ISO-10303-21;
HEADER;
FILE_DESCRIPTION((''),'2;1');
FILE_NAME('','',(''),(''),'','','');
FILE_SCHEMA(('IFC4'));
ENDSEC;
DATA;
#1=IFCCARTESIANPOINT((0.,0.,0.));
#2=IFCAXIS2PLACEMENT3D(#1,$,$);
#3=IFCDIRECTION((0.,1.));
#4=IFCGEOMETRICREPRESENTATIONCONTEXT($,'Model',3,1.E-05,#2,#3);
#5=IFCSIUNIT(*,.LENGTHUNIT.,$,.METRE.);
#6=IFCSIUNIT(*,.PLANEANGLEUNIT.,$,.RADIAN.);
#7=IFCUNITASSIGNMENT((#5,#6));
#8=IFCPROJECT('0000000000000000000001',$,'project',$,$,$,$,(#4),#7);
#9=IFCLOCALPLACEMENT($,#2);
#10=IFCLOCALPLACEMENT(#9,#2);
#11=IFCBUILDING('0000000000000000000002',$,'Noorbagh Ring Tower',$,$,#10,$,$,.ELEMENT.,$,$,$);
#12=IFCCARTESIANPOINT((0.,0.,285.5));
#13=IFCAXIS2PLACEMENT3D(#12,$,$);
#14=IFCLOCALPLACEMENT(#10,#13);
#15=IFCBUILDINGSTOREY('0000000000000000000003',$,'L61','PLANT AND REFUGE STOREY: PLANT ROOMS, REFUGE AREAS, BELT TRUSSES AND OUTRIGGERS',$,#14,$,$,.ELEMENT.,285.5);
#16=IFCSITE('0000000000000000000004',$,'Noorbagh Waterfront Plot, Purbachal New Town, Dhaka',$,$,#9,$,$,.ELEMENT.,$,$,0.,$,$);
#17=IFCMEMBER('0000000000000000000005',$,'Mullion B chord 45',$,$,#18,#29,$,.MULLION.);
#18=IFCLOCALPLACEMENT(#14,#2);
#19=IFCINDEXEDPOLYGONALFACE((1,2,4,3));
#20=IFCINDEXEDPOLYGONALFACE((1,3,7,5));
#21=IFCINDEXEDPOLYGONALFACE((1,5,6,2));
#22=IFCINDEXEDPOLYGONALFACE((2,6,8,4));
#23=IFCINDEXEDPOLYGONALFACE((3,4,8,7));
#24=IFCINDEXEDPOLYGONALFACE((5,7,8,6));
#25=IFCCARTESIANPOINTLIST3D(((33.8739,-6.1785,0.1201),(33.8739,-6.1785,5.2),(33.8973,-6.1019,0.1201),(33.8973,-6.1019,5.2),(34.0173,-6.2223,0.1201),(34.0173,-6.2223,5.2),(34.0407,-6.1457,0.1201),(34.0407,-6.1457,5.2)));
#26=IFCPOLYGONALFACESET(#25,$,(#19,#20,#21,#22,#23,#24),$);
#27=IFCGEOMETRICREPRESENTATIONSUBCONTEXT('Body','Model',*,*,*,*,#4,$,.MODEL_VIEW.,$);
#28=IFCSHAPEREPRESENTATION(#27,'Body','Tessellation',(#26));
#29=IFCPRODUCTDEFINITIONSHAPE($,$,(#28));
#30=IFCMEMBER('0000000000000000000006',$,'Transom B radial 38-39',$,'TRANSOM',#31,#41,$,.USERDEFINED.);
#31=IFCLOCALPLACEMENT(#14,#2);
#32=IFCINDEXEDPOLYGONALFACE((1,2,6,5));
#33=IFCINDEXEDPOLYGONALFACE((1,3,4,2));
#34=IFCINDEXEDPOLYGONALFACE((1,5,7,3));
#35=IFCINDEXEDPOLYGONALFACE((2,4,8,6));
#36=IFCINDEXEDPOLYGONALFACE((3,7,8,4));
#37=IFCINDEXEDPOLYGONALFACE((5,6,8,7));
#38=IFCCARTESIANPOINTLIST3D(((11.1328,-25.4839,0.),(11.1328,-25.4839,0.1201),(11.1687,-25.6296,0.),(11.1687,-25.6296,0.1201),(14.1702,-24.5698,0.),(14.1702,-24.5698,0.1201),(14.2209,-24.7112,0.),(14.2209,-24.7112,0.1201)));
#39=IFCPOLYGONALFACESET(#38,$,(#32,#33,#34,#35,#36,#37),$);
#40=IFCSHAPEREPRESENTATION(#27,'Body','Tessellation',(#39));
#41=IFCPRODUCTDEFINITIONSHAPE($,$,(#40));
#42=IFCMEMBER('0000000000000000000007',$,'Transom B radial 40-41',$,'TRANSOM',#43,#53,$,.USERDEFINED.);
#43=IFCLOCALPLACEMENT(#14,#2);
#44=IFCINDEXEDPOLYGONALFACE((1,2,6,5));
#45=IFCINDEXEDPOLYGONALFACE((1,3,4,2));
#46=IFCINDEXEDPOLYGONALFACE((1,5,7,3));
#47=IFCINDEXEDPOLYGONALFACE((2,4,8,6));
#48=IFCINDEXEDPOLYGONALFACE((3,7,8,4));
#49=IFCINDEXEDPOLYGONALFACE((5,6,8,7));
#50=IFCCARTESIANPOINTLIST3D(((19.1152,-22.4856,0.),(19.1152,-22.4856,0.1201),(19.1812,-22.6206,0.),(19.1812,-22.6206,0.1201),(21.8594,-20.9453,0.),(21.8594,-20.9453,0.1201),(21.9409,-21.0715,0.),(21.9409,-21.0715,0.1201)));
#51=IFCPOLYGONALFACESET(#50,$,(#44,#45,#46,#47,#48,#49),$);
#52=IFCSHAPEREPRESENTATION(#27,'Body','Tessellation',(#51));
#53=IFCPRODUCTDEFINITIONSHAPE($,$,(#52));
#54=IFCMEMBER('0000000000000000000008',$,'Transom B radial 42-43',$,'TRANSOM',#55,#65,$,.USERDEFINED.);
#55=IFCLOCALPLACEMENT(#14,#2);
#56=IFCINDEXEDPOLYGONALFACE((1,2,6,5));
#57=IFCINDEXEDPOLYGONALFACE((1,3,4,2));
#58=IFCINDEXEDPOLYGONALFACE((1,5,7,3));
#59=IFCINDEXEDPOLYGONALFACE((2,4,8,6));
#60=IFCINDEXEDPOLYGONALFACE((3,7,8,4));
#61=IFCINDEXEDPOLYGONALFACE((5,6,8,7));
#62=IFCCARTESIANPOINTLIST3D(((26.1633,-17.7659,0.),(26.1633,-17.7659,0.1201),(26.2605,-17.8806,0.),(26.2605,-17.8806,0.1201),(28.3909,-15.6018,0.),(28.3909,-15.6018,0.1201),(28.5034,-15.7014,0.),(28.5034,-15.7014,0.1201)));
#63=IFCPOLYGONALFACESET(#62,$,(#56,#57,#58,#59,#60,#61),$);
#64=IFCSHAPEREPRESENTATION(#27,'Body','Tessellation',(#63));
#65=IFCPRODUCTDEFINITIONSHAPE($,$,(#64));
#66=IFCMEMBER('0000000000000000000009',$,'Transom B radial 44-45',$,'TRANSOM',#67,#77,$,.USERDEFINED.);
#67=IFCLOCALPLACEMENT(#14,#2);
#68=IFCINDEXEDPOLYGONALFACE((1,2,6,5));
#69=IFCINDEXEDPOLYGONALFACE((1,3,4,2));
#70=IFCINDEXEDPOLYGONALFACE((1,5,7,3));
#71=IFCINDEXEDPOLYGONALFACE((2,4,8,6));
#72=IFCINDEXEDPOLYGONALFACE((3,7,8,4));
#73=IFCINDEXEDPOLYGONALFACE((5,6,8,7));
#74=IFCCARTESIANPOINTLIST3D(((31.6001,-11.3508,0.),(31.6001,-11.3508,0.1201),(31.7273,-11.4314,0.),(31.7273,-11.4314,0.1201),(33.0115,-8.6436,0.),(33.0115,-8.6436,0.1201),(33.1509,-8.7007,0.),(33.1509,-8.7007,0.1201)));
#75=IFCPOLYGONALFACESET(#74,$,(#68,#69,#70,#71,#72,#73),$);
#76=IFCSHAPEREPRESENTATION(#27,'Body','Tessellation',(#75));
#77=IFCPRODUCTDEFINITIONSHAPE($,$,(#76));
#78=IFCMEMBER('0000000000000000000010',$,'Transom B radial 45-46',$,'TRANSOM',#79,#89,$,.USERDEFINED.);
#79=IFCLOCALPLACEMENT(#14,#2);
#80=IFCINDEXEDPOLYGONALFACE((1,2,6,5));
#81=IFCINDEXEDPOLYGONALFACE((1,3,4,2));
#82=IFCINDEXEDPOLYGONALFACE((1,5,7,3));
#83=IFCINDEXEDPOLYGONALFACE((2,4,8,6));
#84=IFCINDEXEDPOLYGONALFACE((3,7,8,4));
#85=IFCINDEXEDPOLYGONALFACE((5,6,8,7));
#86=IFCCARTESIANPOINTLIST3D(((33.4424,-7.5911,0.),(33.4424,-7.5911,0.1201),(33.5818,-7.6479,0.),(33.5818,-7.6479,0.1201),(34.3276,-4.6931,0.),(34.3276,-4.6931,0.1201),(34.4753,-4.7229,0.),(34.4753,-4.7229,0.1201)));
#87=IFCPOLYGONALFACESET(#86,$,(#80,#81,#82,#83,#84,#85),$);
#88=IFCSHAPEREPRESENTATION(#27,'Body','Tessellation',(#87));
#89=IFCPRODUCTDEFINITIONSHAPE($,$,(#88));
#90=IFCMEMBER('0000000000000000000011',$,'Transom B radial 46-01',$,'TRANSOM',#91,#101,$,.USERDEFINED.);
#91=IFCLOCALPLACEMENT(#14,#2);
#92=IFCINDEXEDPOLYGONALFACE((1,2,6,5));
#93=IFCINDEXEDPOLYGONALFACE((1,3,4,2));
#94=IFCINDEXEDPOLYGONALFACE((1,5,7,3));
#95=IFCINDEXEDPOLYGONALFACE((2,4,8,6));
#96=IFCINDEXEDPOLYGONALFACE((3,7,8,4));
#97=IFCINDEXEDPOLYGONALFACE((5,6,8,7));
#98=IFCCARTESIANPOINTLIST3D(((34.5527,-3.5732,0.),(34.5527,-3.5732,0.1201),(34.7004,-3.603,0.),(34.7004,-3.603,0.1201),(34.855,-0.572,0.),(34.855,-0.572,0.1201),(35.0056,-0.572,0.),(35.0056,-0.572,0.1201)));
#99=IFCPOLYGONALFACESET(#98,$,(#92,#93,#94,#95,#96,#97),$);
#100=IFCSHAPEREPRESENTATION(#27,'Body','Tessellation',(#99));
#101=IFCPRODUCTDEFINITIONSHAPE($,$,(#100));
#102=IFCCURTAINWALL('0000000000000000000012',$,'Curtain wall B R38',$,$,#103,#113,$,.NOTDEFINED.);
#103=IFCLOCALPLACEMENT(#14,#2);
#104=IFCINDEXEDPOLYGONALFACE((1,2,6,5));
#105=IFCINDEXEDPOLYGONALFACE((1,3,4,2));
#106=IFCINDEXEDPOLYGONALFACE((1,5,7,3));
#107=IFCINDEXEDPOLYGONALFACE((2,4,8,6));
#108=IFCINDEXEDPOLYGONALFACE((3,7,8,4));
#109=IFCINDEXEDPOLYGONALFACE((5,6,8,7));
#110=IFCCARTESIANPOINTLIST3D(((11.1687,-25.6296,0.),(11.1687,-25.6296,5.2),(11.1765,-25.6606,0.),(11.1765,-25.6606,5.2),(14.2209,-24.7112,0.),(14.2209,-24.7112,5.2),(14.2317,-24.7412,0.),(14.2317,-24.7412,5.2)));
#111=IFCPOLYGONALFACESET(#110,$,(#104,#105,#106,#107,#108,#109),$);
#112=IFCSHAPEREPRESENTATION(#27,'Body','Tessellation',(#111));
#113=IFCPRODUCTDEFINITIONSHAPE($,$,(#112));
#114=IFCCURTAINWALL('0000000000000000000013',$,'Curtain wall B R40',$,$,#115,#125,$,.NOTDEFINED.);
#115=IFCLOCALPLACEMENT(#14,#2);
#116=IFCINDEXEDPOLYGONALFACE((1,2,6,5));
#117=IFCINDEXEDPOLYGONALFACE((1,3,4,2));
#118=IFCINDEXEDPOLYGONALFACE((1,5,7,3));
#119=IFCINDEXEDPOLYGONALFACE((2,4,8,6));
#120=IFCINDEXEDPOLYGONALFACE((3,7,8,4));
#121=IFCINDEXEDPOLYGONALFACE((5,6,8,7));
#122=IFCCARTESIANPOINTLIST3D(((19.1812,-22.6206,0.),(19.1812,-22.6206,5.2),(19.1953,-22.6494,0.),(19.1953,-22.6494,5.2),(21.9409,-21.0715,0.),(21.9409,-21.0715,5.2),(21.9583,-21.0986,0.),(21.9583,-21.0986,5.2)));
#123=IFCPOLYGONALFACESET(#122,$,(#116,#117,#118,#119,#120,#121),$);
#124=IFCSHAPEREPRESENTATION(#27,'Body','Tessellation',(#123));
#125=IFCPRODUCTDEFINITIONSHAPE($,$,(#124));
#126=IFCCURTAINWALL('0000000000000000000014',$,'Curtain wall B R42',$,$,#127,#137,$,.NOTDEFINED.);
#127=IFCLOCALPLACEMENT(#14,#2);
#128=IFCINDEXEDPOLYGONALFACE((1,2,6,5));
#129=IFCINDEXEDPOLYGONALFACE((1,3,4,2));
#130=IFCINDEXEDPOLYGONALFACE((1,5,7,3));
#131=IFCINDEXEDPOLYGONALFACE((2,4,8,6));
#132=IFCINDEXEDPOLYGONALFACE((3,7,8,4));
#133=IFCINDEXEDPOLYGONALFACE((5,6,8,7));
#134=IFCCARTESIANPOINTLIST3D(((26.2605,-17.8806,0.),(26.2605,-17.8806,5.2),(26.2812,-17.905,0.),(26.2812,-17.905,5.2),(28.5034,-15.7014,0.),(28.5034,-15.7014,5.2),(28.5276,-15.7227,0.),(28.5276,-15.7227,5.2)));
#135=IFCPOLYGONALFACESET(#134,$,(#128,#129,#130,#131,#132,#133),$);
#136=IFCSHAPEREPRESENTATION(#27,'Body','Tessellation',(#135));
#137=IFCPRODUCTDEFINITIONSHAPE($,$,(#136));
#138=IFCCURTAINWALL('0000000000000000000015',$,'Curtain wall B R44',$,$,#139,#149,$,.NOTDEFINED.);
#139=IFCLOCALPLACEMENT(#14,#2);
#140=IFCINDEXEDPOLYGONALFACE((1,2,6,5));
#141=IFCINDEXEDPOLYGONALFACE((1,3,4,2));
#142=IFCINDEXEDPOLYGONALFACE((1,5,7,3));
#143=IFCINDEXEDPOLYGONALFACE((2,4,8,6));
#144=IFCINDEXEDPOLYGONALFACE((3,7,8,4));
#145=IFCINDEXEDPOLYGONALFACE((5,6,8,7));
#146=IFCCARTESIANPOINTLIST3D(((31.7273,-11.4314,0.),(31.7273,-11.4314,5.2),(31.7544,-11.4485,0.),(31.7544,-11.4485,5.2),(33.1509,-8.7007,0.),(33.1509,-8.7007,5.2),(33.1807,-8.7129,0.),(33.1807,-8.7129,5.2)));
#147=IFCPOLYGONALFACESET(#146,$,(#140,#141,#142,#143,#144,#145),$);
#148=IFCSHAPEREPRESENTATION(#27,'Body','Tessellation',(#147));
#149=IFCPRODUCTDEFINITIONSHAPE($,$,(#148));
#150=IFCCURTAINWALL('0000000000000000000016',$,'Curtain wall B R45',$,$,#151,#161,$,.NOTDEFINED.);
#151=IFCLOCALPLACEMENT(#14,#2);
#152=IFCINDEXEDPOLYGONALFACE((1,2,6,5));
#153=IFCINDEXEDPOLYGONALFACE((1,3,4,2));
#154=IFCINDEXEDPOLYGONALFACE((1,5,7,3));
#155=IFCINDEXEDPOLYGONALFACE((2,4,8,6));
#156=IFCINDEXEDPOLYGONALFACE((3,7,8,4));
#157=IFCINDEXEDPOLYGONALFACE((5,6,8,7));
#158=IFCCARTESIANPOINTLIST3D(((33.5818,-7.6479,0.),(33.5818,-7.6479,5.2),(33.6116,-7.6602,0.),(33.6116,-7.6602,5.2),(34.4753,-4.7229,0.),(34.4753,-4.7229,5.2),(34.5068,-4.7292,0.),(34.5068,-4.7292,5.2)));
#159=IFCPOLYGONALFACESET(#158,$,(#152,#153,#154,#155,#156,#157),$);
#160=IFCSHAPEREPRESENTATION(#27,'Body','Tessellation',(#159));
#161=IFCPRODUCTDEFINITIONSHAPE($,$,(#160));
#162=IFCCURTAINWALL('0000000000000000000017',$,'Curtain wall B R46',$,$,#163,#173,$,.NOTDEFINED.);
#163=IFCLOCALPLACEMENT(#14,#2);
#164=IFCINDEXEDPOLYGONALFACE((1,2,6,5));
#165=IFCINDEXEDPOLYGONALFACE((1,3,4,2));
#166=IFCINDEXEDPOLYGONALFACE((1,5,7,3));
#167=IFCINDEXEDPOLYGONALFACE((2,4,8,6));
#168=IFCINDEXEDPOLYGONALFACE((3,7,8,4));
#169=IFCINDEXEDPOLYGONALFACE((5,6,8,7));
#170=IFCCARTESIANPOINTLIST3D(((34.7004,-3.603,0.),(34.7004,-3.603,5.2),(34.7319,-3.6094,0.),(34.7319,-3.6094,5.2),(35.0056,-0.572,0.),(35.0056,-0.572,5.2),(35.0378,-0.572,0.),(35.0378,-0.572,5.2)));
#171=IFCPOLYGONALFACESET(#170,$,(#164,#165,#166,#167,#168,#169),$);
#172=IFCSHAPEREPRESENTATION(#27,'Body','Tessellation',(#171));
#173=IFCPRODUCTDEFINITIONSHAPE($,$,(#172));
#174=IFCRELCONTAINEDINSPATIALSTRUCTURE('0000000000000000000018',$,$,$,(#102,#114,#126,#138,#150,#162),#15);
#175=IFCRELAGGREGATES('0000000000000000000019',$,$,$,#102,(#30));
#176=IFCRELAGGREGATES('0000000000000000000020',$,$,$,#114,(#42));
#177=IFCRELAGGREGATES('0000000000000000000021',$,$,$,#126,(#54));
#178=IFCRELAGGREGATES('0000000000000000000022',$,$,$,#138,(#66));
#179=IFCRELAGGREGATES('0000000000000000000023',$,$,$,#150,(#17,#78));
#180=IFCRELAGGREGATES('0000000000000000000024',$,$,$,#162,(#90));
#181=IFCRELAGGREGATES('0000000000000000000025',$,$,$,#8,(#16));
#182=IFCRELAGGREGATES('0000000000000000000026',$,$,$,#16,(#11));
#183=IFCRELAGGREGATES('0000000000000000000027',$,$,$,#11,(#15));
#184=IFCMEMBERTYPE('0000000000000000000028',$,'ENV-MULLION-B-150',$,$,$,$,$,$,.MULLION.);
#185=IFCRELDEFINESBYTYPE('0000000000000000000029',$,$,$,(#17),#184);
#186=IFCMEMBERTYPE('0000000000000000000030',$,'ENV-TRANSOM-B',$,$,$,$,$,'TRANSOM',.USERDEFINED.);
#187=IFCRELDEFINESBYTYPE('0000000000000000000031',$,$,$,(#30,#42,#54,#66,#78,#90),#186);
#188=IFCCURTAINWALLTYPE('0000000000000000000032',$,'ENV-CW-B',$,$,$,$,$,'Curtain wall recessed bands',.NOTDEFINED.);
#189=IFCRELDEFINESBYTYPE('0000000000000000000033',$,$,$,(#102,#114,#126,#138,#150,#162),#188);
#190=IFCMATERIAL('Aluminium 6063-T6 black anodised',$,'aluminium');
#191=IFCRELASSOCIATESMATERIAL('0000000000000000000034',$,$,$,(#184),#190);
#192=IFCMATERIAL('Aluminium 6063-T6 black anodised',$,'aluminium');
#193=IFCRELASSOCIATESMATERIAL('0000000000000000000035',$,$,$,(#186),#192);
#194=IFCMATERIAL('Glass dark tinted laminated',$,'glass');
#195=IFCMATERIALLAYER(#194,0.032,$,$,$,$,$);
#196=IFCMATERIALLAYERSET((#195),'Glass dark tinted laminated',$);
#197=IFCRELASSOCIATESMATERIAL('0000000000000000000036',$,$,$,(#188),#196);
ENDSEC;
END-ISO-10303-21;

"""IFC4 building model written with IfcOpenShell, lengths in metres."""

from ifc_helpers import new_model, si_unit, direction, frame, origin, origin_2d, place, context, subcontext, project, spatial, polyline, rectangle, outline, extrude, material, layer, layer_set, material_profile, profile_set, type_object, element, aggregate, save


model = new_model("IFC4")

# Units and contexts
model_context = context("Model", 3, precision=1e-05, world=origin(), true_north=direction((0.0, 1.0)))
body_context = subcontext(model_context, "Body", "Model", "MODEL_VIEW")
ifc_project = project(units=[si_unit("LENGTHUNIT", "METRE"), si_unit("PLANEANGLEUNIT", "RADIAN")], contexts=[model_context])

# Members
ifc_material_1 = material(Name="Aluminium 6063-T6 black anodised", Category="aluminium")
ifc_material_profile = material_profile(ifc_material_1, rectangle(XDim=0.1499, YDim=0.0801, at=origin_2d()), Name="150x80")
ifc_profile_set = profile_set([ifc_material_profile], Name="Aluminium 6063-T6 black anodised")
member_type_1 = type_object("IfcMemberType", Name="ENV-MULLION-B-150", PredefinedType="MULLION", material=ifc_profile_set)
site_placement = place(None, origin())
building_placement = place(site_placement, origin())
storey_placement = place(building_placement, frame((0.0, 0.0, 285.5)))
member_1_placement = place(storey_placement, frame((33.9573, -6.1621, 0.1201), z_axis=(0.0, 0.0, 1.0), x_axis=(-0.956366, 0.29217, 0.0)))
member_1 = element("IfcMember", 1, at=member_1_placement, type_object=member_type_1, Name="Mullion B chord 45", PredefinedType="MULLION", context=body_context, shape_type="SweptSolid", body=[
    extrude(rectangle(XDim=0.1499, YDim=0.0801, at=origin_2d()), origin(), (0.0, 0.0, 1.0), 5.0798),
])
ifc_material_2 = material(Name="Aluminium 6063-T6 black anodised", Category="aluminium")
member_type_2 = type_object("IfcMemberType", Name="ENV-TRANSOM-B", ElementType="TRANSOM", PredefinedType="USERDEFINED", material=ifc_material_2)
member_2_placement = place(storey_placement, origin())
member_2 = element("IfcMember", 2, at=member_2_placement, type_object=member_type_2, Name="Transom B radial 38-39", ObjectType="TRANSOM", PredefinedType="USERDEFINED", context=body_context, shape_type="SweptSolid", body=[
    extrude(outline(polyline([(11.1687, -25.6296), (14.2209, -24.7112), (14.1702, -24.5698), (11.1328, -25.4839), (11.1687, -25.6296)])), origin(), (0.0, 0.0, 1.0), 0.1201),
])
member_3_placement = place(storey_placement, origin())
member_3 = element("IfcMember", 3, at=member_3_placement, type_object=member_type_2, Name="Transom B radial 40-41", ObjectType="TRANSOM", PredefinedType="USERDEFINED", context=body_context, shape_type="SweptSolid", body=[
    extrude(outline(polyline([(19.1812, -22.6206), (21.9409, -21.0715), (21.8594, -20.9453), (19.1152, -22.4856), (19.1812, -22.6206)])), origin(), (0.0, 0.0, 1.0), 0.1201),
])
member_4_placement = place(storey_placement, origin())
member_4 = element("IfcMember", 4, at=member_4_placement, type_object=member_type_2, Name="Transom B radial 42-43", ObjectType="TRANSOM", PredefinedType="USERDEFINED", context=body_context, shape_type="SweptSolid", body=[
    extrude(outline(polyline([(26.2605, -17.8806), (28.5034, -15.7014), (28.3909, -15.6018), (26.1633, -17.7659), (26.2605, -17.8806)])), origin(), (0.0, 0.0, 1.0), 0.1201),
])
member_5_placement = place(storey_placement, origin())
member_5 = element("IfcMember", 5, at=member_5_placement, type_object=member_type_2, Name="Transom B radial 44-45", ObjectType="TRANSOM", PredefinedType="USERDEFINED", context=body_context, shape_type="SweptSolid", body=[
    extrude(outline(polyline([(31.7273, -11.4314), (33.1509, -8.7007), (33.0115, -8.6436), (31.6001, -11.3508), (31.7273, -11.4314)])), origin(), (0.0, 0.0, 1.0), 0.1201),
])
member_6_placement = place(storey_placement, origin())
member_6 = element("IfcMember", 6, at=member_6_placement, type_object=member_type_2, Name="Transom B radial 45-46", ObjectType="TRANSOM", PredefinedType="USERDEFINED", context=body_context, shape_type="SweptSolid", body=[
    extrude(outline(polyline([(33.5818, -7.6479), (34.4753, -4.7229), (34.3276, -4.6931), (33.4424, -7.5911), (33.5818, -7.6479)])), origin(), (0.0, 0.0, 1.0), 0.1201),
])
member_7_placement = place(storey_placement, origin())
member_7 = element("IfcMember", 7, at=member_7_placement, type_object=member_type_2, Name="Transom B radial 46-01", ObjectType="TRANSOM", PredefinedType="USERDEFINED", context=body_context, shape_type="SweptSolid", body=[
    extrude(outline(polyline([(34.7004, -3.603), (35.0056, -0.572), (34.855, -0.572), (34.5527, -3.5732), (34.7004, -3.603)])), origin(), (0.0, 0.0, 1.0), 0.1201),
])

# Site, building, storey
site = spatial("IfcSite", under=ifc_project, at=site_placement, Name="Noorbagh Waterfront Plot, Purbachal New Town, Dhaka", CompositionType="ELEMENT", RefElevation=0.0)
building = spatial("IfcBuilding", under=site, at=building_placement, Name="Noorbagh Ring Tower", CompositionType="ELEMENT")
storey = spatial("IfcBuildingStorey", under=building, at=storey_placement, Name="L61", Description="PLANT AND REFUGE STOREY: PLANT ROOMS, REFUGE AREAS, BELT TRUSSES AND OUTRIGGERS", CompositionType="ELEMENT", Elevation=285.5)

# Curtain walls
ifc_material_3 = material(Name="Glass dark tinted laminated", Category="glass")
ifc_layer = layer(ifc_material_3, 0.032)
ifc_layer_set = layer_set([ifc_layer], Name="Glass dark tinted laminated")
curtain_wall_type = type_object("IfcCurtainWallType", Name="ENV-CW-B", ElementType="Curtain wall recessed bands", PredefinedType="NOTDEFINED", material=ifc_layer_set)
curtain_wall_1_placement = place(storey_placement, origin())
curtain_wall_1 = element("IfcCurtainWall", 8, at=curtain_wall_1_placement, inside=storey, type_object=curtain_wall_type, Name="Curtain wall B R38", PredefinedType="NOTDEFINED", context=body_context, shape_type="SweptSolid", body=[
    extrude(outline(polyline([(11.1765, -25.6606), (14.2317, -24.7412), (14.2209, -24.7112), (11.1687, -25.6296), (11.1765, -25.6606)])), origin(), (0.0, 0.0, 1.0), 5.2),
])
aggregate(curtain_wall_1, [member_2])
curtain_wall_2_placement = place(storey_placement, origin())
curtain_wall_2 = element("IfcCurtainWall", 9, at=curtain_wall_2_placement, inside=storey, type_object=curtain_wall_type, Name="Curtain wall B R40", PredefinedType="NOTDEFINED", context=body_context, shape_type="SweptSolid", body=[
    extrude(outline(polyline([(19.1953, -22.6494), (21.9583, -21.0986), (21.9409, -21.0715), (19.1812, -22.6206), (19.1953, -22.6494)])), origin(), (0.0, 0.0, 1.0), 5.2),
])
aggregate(curtain_wall_2, [member_3])
curtain_wall_3_placement = place(storey_placement, origin())
curtain_wall_3 = element("IfcCurtainWall", 10, at=curtain_wall_3_placement, inside=storey, type_object=curtain_wall_type, Name="Curtain wall B R42", PredefinedType="NOTDEFINED", context=body_context, shape_type="SweptSolid", body=[
    extrude(outline(polyline([(26.2812, -17.905), (28.5276, -15.7227), (28.5034, -15.7014), (26.2605, -17.8806), (26.2812, -17.905)])), origin(), (0.0, 0.0, 1.0), 5.2),
])
aggregate(curtain_wall_3, [member_4])
curtain_wall_4_placement = place(storey_placement, origin())
curtain_wall_4 = element("IfcCurtainWall", 11, at=curtain_wall_4_placement, inside=storey, type_object=curtain_wall_type, Name="Curtain wall B R44", PredefinedType="NOTDEFINED", context=body_context, shape_type="SweptSolid", body=[
    extrude(outline(polyline([(31.7544, -11.4485), (33.1807, -8.7129), (33.1509, -8.7007), (31.7273, -11.4314), (31.7544, -11.4485)])), origin(), (0.0, 0.0, 1.0), 5.2),
])
aggregate(curtain_wall_4, [member_5])
curtain_wall_5_placement = place(storey_placement, origin())
curtain_wall_5 = element("IfcCurtainWall", 12, at=curtain_wall_5_placement, inside=storey, type_object=curtain_wall_type, Name="Curtain wall B R45", PredefinedType="NOTDEFINED", context=body_context, shape_type="SweptSolid", body=[
    extrude(outline(polyline([(33.6116, -7.6602), (34.5068, -4.7292), (34.4753, -4.7229), (33.5818, -7.6479), (33.6116, -7.6602)])), origin(), (0.0, 0.0, 1.0), 5.2),
])
aggregate(curtain_wall_5, [member_1, member_6])
curtain_wall_6_placement = place(storey_placement, origin())
curtain_wall_6 = element("IfcCurtainWall", 13, at=curtain_wall_6_placement, inside=storey, type_object=curtain_wall_type, Name="Curtain wall B R46", PredefinedType="NOTDEFINED", context=body_context, shape_type="SweptSolid", body=[
    extrude(outline(polyline([(34.7319, -3.6094), (35.0378, -0.572), (35.0056, -0.572), (34.7004, -3.603), (34.7319, -3.6094)])), origin(), (0.0, 0.0, 1.0), 5.2),
])
aggregate(curtain_wall_6, [member_7])

save(model, "model.ifc")
